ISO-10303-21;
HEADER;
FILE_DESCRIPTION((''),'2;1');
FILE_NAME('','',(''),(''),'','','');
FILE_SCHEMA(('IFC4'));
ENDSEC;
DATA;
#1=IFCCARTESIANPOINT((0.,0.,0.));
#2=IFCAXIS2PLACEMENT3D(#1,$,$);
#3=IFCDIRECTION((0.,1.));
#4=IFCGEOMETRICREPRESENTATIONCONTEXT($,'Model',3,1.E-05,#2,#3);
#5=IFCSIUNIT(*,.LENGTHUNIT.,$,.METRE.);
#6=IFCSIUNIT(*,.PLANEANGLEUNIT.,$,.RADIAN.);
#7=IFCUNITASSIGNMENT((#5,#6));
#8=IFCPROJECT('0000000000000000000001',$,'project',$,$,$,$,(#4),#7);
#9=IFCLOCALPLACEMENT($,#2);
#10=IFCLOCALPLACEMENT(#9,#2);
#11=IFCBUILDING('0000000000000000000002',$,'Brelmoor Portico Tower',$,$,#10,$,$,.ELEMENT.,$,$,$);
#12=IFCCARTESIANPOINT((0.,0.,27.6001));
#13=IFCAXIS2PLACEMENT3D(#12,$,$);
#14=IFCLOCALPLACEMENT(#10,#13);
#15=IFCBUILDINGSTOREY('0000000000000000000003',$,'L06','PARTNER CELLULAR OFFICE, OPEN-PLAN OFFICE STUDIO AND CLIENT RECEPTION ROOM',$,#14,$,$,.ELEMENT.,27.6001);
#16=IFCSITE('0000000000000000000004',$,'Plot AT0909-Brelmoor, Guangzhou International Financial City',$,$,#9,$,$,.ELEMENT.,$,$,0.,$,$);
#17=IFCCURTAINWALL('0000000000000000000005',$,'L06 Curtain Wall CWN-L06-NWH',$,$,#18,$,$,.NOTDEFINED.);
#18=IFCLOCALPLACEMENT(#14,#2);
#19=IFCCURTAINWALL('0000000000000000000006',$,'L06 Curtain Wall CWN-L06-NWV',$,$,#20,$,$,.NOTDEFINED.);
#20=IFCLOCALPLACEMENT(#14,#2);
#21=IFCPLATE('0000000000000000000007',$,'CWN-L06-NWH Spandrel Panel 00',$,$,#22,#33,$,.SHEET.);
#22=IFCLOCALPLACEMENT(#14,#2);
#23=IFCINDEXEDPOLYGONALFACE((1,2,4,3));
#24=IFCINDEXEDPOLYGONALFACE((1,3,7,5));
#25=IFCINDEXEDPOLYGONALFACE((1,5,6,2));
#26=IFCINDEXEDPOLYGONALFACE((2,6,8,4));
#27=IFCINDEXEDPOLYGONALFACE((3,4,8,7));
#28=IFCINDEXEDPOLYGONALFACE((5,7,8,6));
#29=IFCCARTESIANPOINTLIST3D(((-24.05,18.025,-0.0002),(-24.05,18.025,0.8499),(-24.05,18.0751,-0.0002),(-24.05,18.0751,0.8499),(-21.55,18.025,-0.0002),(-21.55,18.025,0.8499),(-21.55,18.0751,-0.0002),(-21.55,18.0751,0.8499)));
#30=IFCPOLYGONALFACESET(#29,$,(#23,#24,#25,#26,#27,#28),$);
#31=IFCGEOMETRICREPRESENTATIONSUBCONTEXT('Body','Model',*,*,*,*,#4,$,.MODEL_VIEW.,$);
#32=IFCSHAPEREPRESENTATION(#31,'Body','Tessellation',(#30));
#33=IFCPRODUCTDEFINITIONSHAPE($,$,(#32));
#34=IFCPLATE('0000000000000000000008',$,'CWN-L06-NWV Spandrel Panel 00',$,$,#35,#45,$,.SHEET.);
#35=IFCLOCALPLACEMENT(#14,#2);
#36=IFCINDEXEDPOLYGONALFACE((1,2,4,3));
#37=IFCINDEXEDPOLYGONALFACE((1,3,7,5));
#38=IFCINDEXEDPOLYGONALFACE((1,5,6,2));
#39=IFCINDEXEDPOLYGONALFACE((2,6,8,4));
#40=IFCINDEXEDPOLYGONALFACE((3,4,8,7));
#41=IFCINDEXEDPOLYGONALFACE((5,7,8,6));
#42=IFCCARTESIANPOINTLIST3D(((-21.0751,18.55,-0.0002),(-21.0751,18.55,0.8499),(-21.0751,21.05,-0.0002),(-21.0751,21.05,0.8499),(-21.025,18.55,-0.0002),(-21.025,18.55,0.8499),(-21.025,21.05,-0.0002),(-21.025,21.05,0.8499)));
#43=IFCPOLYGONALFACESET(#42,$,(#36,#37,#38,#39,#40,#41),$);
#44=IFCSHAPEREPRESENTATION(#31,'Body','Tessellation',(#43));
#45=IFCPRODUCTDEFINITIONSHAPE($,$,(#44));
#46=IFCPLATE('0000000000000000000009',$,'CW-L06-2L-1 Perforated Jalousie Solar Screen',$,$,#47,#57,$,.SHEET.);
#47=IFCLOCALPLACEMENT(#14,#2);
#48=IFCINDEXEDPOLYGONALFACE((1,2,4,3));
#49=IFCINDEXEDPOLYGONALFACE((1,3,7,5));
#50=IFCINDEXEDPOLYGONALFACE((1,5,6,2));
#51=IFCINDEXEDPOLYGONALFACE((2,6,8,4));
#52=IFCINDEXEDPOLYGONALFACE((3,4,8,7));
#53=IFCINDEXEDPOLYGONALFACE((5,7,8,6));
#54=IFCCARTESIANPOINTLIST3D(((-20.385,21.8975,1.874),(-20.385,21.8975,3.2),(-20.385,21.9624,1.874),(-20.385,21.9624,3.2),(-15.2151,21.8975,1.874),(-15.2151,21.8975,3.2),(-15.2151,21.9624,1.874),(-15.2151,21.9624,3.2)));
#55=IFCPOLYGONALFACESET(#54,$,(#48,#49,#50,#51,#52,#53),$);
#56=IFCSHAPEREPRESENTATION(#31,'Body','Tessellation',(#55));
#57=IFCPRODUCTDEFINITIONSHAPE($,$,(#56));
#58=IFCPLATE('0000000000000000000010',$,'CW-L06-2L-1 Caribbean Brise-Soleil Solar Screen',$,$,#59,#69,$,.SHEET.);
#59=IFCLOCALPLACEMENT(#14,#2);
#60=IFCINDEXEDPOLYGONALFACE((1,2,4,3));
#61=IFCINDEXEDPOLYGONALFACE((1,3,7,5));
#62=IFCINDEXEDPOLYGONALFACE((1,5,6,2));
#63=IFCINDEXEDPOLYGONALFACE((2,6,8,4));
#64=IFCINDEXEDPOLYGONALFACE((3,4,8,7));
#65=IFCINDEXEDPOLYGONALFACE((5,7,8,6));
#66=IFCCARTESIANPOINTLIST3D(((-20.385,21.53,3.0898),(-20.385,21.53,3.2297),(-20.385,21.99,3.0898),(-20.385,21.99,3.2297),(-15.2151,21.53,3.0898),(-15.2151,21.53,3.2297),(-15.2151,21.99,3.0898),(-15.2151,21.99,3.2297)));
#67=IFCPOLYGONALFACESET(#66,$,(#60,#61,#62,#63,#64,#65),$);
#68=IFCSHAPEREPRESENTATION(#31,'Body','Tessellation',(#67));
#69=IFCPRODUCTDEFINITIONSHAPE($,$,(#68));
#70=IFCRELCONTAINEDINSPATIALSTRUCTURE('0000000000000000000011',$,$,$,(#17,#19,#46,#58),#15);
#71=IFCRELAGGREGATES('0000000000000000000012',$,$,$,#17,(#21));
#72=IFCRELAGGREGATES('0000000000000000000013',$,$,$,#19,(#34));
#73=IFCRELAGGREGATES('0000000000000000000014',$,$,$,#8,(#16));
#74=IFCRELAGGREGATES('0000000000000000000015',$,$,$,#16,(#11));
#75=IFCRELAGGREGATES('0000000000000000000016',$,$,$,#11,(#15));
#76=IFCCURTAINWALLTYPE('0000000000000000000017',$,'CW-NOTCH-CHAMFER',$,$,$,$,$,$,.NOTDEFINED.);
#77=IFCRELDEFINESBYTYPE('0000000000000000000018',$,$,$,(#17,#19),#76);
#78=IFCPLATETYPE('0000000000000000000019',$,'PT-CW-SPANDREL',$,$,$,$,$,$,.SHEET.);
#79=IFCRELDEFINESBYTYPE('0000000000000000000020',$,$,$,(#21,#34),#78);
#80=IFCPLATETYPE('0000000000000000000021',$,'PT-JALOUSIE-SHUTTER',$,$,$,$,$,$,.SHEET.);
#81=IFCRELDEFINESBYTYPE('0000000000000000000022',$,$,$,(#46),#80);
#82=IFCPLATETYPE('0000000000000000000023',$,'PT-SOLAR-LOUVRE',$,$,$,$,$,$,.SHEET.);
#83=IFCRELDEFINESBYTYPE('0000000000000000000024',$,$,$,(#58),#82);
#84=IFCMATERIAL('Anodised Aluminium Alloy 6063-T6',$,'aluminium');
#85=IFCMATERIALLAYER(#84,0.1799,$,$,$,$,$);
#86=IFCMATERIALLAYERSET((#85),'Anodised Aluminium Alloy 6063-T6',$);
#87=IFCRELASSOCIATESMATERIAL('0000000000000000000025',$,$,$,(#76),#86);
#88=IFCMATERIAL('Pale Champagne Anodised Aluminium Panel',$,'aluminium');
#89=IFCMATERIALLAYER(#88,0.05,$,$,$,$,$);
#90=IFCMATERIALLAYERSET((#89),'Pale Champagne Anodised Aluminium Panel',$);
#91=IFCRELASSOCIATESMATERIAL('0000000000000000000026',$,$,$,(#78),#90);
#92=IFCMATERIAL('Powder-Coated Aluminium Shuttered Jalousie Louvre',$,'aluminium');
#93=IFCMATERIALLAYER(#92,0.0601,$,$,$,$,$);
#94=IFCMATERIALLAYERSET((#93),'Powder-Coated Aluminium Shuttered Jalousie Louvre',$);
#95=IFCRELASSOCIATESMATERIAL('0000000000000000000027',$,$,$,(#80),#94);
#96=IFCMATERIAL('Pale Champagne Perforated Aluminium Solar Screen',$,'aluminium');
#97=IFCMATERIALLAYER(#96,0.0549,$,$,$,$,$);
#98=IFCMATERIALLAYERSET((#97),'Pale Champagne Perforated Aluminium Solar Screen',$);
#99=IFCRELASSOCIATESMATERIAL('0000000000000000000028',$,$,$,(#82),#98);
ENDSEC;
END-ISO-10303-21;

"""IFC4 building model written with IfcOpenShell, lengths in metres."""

from ifc_helpers import new_model, si_unit, direction, frame, origin, origin_2d, place, context, subcontext, project, spatial, rectangle, extrude, material, layer, layer_set, type_object, element, aggregate, save


model = new_model("IFC4")

# Units and contexts
model_context = context("Model", 3, precision=1e-05, world=origin(), true_north=direction((0.0, 1.0)))
body_context = subcontext(model_context, "Body", "Model", "MODEL_VIEW")
ifc_project = project(units=[si_unit("LENGTHUNIT", "METRE"), si_unit("PLANEANGLEUNIT", "RADIAN")], contexts=[model_context])

# Site, building, storey
site_placement = place(None, origin())
site = spatial("IfcSite", under=ifc_project, at=site_placement, Name="Plot AT0909-Brelmoor, Guangzhou International Financial City", CompositionType="ELEMENT", RefElevation=0.0)
building_placement = place(site_placement, origin())
building = spatial("IfcBuilding", under=site, at=building_placement, Name="Brelmoor Portico Tower", CompositionType="ELEMENT")
storey_placement = place(building_placement, frame((0.0, 0.0, 27.6001)))
storey = spatial("IfcBuildingStorey", under=building, at=storey_placement, Name="L06", Description="PARTNER CELLULAR OFFICE, OPEN-PLAN OFFICE STUDIO AND CLIENT RECEPTION ROOM", CompositionType="ELEMENT", Elevation=27.6001)

# Curtain walls
ifc_material_1 = material(Name="Anodised Aluminium Alloy 6063-T6", Category="aluminium")
ifc_layer_1 = layer(ifc_material_1, 0.1799)
ifc_layer_set_1 = layer_set([ifc_layer_1], Name="Anodised Aluminium Alloy 6063-T6")
curtain_wall_type_1 = type_object("IfcCurtainWallType", Name="CW-NOTCH-CHAMFER", PredefinedType="NOTDEFINED", material=ifc_layer_set_1)
curtain_wall_1_placement = place(storey_placement, origin())
curtain_wall_1 = element("IfcCurtainWall", 1, at=curtain_wall_1_placement, inside=storey, type_object=curtain_wall_type_1, Name="L06 Curtain Wall CWN-L06-NWH", PredefinedType="NOTDEFINED")
curtain_wall_2_placement = place(storey_placement, origin())
curtain_wall_2 = element("IfcCurtainWall", 2, at=curtain_wall_2_placement, inside=storey, type_object=curtain_wall_type_1, Name="L06 Curtain Wall CWN-L06-NWV", PredefinedType="NOTDEFINED")

# Plates
ifc_material_2 = material(Name="Pale Champagne Anodised Aluminium Panel", Category="aluminium")
ifc_layer_2 = layer(ifc_material_2, 0.05)
ifc_layer_set_2 = layer_set([ifc_layer_2], Name="Pale Champagne Anodised Aluminium Panel")
plate_type_1 = type_object("IfcPlateType", Name="PT-CW-SPANDREL", PredefinedType="SHEET", material=ifc_layer_set_2)
plate_1_placement = place(storey_placement, frame((-22.8, 18.05, -0.0002), z_axis=(0.0, 0.0, 1.0), x_axis=(1.0, 0.0, 0.0)))
plate_1 = element("IfcPlate", 3, at=plate_1_placement, type_object=plate_type_1, Name="CWN-L06-NWH Spandrel Panel 00", PredefinedType="SHEET", context=body_context, shape_type="SweptSolid", body=[
    extrude(rectangle(XDim=2.5, YDim=0.05, at=origin_2d()), origin(), (0.0, 0.0, 1.0), 0.8501),
])
aggregate(curtain_wall_1, [plate_1])
plate_2_placement = place(storey_placement, frame((-21.05, 19.8, -0.0002), z_axis=(0.0, 0.0, 1.0), x_axis=(0.0, 1.0, 0.0)))
plate_2 = element("IfcPlate", 4, at=plate_2_placement, type_object=plate_type_1, Name="CWN-L06-NWV Spandrel Panel 00", PredefinedType="SHEET", context=body_context, shape_type="SweptSolid", body=[
    extrude(rectangle(XDim=2.5, YDim=0.05, at=origin_2d()), origin(), (0.0, 0.0, 1.0), 0.8501),
])
aggregate(curtain_wall_2, [plate_2])

# Plates
ifc_material_3 = material(Name="Powder-Coated Aluminium Shuttered Jalousie Louvre", Category="aluminium")
ifc_layer_3 = layer(ifc_material_3, 0.0601)
ifc_layer_set_3 = layer_set([ifc_layer_3], Name="Powder-Coated Aluminium Shuttered Jalousie Louvre")
plate_type_2 = type_object("IfcPlateType", Name="PT-JALOUSIE-SHUTTER", PredefinedType="SHEET", material=ifc_layer_set_3)
plate_3_placement = place(storey_placement, frame((-17.8, 21.9299, 1.874), z_axis=(0.0, 0.0, 1.0), x_axis=(1.0, 0.0, 0.0)))
element("IfcPlate", 5, at=plate_3_placement, inside=storey, type_object=plate_type_2, Name="CW-L06-2L-1 Perforated Jalousie Solar Screen", PredefinedType="SHEET", context=body_context, shape_type="SweptSolid", body=[
    extrude(rectangle(XDim=5.1699, YDim=0.0649, at=origin_2d()), origin(), (0.0, 0.0, 1.0), 1.3259),
])
ifc_material_4 = material(Name="Pale Champagne Perforated Aluminium Solar Screen", Category="aluminium")
ifc_layer_4 = layer(ifc_material_4, 0.0549)
ifc_layer_set_4 = layer_set([ifc_layer_4], Name="Pale Champagne Perforated Aluminium Solar Screen")
plate_type_3 = type_object("IfcPlateType", Name="PT-SOLAR-LOUVRE", PredefinedType="SHEET", material=ifc_layer_set_4)
plate_4_placement = place(storey_placement, frame((-17.8, 21.76, 3.0898), z_axis=(0.0, 0.0, 1.0), x_axis=(1.0, 0.0, 0.0)))
element("IfcPlate", 6, at=plate_4_placement, inside=storey, type_object=plate_type_3, Name="CW-L06-2L-1 Caribbean Brise-Soleil Solar Screen", PredefinedType="SHEET", context=body_context, shape_type="SweptSolid", body=[
    extrude(rectangle(XDim=5.1699, YDim=0.46, at=origin_2d()), origin(), (0.0, 0.0, 1.0), 0.1399),
])

save(model, "model.ifc")
